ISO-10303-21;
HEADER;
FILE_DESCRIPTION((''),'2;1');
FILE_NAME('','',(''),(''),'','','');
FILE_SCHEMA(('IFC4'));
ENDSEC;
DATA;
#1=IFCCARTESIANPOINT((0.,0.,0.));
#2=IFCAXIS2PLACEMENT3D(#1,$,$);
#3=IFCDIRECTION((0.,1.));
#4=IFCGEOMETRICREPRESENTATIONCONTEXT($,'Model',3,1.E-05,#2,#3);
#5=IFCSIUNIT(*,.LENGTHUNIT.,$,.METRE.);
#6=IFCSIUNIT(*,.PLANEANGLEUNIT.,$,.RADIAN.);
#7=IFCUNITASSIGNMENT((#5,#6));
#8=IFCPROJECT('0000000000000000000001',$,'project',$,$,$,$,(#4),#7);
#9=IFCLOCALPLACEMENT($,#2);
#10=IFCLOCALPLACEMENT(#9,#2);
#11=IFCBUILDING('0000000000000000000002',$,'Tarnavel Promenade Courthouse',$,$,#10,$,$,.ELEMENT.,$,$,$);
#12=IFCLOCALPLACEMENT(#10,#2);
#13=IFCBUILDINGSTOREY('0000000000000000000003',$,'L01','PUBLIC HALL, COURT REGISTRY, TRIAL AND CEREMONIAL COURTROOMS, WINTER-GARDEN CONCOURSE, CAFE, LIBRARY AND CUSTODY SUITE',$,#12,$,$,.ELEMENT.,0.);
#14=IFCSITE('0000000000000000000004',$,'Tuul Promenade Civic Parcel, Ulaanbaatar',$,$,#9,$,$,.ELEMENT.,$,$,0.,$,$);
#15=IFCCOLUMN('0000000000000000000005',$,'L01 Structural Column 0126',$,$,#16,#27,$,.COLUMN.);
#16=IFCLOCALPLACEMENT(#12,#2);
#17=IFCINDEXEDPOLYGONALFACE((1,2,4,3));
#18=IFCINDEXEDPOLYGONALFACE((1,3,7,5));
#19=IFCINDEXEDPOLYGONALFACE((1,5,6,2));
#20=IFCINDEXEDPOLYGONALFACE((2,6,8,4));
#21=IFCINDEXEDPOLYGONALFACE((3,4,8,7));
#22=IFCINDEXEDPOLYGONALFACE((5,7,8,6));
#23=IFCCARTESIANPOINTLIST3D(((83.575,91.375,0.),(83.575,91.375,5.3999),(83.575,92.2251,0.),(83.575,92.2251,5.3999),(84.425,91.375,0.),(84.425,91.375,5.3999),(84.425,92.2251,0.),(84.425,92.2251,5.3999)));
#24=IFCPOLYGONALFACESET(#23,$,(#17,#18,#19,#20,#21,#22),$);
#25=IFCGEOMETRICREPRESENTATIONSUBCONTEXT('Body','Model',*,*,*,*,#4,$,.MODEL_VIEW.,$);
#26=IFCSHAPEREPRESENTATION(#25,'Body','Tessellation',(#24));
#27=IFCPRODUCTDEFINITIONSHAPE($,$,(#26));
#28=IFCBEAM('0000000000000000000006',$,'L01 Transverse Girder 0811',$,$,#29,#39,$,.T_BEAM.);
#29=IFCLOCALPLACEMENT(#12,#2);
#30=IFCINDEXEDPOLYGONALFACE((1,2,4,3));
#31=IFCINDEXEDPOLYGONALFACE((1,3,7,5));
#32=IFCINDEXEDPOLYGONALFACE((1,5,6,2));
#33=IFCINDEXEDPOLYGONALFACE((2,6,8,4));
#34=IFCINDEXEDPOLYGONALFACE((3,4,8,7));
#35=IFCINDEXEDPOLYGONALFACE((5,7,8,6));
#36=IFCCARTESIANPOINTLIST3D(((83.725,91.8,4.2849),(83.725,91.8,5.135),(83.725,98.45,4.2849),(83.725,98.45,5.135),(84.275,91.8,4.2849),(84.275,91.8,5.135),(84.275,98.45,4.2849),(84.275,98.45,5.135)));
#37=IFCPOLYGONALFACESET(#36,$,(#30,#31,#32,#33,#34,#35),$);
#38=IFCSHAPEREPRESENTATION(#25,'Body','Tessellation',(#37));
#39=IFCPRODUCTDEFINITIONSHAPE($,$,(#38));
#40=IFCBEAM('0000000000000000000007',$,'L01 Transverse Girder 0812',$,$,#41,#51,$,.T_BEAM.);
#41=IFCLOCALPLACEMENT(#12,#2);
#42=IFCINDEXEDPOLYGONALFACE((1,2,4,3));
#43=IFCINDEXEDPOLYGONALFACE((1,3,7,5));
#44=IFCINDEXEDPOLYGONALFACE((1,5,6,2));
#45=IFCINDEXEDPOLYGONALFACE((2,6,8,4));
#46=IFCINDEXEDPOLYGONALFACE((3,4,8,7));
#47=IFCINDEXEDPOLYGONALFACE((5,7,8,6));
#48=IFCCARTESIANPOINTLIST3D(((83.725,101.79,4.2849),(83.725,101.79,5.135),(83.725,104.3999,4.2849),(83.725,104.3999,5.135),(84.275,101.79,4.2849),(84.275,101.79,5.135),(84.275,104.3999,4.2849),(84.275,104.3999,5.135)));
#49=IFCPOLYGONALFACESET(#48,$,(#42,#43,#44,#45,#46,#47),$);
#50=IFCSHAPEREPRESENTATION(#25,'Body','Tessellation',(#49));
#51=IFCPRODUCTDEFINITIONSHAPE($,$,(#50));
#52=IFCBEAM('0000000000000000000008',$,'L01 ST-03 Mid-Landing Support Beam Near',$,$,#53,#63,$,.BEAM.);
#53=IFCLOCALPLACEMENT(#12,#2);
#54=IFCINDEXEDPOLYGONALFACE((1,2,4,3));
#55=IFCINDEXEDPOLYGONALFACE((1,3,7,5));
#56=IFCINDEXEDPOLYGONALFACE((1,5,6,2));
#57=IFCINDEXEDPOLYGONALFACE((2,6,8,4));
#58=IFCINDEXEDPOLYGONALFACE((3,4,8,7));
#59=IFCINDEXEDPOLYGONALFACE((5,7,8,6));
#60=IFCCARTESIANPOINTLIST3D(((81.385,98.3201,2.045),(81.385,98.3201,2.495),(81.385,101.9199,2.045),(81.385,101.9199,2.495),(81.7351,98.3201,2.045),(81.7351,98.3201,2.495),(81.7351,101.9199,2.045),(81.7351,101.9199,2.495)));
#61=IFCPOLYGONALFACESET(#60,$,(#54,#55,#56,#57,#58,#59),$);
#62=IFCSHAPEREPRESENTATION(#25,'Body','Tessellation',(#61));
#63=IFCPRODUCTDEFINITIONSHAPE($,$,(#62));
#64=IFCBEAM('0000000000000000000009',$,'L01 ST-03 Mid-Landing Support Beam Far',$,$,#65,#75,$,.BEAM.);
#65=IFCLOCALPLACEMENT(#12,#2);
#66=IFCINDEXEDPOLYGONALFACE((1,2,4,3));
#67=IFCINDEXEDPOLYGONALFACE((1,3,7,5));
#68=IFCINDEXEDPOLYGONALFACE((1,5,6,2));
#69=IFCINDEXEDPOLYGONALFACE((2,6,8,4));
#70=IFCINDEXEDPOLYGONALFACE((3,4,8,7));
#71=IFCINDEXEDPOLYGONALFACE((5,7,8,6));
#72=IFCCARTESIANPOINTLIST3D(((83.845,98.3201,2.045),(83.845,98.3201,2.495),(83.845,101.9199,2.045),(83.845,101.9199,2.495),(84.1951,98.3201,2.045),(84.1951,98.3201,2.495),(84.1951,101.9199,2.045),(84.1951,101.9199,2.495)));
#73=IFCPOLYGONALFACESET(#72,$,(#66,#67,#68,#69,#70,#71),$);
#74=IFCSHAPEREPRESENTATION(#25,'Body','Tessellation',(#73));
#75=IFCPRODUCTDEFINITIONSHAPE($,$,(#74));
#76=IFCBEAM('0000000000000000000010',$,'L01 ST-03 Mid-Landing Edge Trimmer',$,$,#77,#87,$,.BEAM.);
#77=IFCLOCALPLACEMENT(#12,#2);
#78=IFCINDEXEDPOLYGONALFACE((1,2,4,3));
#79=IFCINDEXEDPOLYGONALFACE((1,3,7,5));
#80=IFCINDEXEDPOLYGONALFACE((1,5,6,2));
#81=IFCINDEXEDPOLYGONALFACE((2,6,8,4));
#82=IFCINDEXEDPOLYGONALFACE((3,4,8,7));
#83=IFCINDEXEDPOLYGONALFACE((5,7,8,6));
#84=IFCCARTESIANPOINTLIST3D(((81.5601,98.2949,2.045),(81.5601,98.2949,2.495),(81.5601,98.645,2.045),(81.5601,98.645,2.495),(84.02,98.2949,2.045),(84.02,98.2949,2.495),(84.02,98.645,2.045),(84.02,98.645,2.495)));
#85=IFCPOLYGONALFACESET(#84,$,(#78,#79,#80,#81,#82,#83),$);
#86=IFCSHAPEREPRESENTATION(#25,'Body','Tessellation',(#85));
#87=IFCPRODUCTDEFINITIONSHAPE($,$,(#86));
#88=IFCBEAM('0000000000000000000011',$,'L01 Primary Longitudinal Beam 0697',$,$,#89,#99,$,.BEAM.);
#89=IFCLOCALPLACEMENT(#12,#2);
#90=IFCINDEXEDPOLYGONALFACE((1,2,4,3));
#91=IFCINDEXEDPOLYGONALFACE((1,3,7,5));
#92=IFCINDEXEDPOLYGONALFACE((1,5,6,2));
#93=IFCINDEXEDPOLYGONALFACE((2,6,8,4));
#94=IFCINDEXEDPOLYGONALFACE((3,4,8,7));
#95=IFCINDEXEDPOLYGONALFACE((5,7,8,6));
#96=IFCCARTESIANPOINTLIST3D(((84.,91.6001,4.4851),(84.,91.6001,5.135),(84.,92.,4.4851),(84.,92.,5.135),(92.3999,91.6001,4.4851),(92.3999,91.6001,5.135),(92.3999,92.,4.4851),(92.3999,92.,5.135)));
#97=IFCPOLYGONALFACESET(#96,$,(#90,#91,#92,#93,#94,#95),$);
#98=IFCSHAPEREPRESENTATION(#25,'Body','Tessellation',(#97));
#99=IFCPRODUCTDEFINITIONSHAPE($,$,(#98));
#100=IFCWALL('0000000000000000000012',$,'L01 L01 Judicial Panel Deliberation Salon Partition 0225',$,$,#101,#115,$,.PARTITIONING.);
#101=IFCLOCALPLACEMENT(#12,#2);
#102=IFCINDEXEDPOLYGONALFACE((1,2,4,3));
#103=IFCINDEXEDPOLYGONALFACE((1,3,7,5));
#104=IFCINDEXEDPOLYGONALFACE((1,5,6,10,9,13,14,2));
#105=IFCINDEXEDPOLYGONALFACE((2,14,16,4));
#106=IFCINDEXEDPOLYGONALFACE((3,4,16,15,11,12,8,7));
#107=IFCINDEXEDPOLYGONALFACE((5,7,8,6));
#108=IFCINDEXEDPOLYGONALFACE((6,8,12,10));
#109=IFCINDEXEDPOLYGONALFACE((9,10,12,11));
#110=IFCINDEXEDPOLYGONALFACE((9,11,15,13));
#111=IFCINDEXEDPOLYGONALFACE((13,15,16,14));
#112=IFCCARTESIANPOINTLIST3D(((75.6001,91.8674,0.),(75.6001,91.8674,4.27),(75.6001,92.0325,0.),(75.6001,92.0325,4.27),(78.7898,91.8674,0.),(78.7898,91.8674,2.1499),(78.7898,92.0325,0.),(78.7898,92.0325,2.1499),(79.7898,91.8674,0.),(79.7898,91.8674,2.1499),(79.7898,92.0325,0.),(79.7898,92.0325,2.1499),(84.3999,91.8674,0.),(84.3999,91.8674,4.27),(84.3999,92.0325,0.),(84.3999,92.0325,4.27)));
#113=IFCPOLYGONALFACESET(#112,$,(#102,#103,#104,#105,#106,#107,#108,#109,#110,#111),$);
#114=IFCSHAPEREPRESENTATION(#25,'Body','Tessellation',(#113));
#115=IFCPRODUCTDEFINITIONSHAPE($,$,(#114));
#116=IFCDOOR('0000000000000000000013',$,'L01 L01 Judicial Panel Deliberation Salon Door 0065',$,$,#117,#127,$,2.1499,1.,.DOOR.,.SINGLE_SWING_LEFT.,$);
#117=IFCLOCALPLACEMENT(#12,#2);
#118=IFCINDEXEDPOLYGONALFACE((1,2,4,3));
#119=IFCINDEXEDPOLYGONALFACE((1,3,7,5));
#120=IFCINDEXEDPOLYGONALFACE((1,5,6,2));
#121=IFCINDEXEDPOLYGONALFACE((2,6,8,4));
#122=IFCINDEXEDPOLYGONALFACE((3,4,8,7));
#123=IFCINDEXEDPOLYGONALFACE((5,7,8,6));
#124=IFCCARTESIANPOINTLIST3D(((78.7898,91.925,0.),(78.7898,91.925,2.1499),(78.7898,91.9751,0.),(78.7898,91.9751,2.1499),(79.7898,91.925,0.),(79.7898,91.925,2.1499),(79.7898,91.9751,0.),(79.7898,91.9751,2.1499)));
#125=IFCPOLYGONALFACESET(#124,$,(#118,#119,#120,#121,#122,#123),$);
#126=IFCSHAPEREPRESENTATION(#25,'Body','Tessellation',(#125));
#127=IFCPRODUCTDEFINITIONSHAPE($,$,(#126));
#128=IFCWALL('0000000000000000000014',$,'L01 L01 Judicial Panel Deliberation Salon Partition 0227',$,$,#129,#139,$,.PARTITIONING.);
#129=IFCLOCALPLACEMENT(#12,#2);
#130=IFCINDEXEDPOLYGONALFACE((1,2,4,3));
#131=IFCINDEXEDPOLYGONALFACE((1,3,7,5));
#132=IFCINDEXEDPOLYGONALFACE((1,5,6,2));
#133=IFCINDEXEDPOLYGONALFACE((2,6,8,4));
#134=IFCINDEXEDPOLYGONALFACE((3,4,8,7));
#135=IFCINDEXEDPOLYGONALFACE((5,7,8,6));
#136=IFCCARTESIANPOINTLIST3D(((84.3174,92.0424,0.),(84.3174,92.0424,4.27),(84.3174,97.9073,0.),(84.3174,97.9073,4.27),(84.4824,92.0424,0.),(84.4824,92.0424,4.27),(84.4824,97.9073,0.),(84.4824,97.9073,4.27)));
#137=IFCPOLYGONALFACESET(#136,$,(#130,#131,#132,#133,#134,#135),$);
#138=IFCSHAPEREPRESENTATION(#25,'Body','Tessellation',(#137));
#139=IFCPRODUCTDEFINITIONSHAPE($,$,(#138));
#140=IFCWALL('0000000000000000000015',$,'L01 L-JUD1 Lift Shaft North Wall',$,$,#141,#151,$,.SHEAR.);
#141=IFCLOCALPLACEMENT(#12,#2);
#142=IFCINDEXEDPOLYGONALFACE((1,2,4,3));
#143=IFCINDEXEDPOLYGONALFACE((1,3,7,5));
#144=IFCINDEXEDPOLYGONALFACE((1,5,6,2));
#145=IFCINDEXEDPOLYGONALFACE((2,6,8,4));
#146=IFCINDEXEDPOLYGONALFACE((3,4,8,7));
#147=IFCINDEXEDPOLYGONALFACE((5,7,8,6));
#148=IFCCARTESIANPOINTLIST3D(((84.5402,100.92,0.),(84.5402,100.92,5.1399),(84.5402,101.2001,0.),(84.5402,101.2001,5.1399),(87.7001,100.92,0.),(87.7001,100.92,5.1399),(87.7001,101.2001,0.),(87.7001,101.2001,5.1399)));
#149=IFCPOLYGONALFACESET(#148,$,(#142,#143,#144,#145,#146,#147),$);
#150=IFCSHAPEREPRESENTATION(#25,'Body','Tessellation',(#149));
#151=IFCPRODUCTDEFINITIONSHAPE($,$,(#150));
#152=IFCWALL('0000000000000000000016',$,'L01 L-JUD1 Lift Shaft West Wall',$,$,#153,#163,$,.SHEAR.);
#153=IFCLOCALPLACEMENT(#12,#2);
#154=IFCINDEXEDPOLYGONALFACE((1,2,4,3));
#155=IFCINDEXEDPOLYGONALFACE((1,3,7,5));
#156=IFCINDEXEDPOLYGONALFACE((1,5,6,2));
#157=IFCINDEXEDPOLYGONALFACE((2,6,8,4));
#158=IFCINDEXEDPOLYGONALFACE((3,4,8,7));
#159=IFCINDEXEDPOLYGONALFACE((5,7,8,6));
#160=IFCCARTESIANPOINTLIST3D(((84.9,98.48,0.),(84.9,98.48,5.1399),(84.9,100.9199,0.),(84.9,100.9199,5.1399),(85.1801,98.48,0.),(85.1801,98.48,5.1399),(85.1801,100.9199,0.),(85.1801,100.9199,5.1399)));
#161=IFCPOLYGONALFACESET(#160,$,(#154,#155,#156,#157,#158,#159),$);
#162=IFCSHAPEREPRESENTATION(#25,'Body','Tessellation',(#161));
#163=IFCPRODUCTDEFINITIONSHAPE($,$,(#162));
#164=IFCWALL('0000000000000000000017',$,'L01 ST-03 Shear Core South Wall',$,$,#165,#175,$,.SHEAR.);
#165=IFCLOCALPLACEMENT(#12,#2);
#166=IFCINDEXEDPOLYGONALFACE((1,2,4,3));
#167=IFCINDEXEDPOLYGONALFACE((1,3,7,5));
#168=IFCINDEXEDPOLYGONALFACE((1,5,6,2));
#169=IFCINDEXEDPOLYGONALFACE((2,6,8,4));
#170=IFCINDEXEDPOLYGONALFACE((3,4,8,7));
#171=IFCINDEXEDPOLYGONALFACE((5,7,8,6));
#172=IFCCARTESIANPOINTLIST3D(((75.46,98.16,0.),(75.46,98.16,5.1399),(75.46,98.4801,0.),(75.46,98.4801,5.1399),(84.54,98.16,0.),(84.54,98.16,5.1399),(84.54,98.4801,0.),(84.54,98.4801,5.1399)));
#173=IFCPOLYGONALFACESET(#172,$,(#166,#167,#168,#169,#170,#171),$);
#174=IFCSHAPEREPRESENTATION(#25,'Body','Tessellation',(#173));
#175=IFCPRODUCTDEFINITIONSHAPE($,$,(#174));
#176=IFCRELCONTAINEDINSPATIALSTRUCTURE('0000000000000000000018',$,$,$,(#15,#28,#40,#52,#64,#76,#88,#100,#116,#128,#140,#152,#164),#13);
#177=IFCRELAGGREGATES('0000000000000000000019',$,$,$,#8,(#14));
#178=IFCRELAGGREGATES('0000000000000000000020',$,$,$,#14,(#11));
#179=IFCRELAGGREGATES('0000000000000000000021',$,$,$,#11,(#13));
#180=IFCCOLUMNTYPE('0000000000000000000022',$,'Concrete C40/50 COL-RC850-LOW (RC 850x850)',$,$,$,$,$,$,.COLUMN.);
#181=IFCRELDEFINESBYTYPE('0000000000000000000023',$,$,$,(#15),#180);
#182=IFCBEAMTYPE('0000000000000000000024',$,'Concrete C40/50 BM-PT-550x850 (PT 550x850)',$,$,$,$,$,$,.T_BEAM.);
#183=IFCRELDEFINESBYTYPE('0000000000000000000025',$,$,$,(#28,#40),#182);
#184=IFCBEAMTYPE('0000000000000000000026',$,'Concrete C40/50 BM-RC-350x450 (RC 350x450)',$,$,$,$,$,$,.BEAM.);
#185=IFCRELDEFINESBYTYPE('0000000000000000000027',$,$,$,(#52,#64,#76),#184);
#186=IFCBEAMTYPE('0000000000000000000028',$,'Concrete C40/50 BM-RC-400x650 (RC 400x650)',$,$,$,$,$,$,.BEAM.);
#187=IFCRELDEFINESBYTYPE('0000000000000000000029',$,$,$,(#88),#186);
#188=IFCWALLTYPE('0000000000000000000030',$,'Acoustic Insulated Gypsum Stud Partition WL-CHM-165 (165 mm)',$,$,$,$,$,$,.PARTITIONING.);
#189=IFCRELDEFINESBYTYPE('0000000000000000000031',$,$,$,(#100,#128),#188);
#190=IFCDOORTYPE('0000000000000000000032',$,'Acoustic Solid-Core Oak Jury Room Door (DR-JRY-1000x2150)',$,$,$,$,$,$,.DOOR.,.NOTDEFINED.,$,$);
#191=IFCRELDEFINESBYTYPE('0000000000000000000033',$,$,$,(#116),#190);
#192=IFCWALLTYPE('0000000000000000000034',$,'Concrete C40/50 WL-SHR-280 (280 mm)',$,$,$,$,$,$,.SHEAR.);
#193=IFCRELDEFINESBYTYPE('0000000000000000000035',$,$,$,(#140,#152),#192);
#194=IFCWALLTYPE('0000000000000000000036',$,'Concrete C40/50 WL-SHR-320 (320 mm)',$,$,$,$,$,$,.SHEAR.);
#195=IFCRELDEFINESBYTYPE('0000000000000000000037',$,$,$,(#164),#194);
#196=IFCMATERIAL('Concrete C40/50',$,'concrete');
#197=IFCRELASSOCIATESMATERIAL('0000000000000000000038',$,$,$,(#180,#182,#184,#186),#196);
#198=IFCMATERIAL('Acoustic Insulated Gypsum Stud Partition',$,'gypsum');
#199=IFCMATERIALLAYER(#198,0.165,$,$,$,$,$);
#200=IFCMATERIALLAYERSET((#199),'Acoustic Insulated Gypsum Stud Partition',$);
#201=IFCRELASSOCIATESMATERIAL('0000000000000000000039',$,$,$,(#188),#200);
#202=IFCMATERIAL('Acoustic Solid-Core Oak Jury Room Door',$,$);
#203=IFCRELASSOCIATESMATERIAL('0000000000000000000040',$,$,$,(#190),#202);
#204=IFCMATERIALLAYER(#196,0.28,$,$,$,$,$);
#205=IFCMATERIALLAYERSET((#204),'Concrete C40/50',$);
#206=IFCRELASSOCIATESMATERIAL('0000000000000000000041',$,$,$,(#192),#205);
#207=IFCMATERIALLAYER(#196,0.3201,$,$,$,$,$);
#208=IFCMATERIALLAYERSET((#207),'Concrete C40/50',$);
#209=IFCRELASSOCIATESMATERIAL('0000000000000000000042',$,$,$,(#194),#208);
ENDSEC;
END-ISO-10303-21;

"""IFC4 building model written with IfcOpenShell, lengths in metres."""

from ifc_helpers import new_model, si_unit, direction, frame, frame_2d, origin, origin_2d, place, context, subcontext, project, spatial, rectangle, extrude, material, layer, layer_set, material_profile, profile_set, type_object, element, fill, save


model = new_model("IFC4")

# Units and contexts
model_context = context("Model", 3, precision=1e-05, world=origin(), true_north=direction((0.0, 1.0)))
body_context = subcontext(model_context, "Body", "Model", "MODEL_VIEW")
ifc_project = project(units=[si_unit("LENGTHUNIT", "METRE"), si_unit("PLANEANGLEUNIT", "RADIAN")], contexts=[model_context])

# Site, building, storey
site_placement = place(None, origin())
site = spatial("IfcSite", under=ifc_project, at=site_placement, Name="Tuul Promenade Civic Parcel, Ulaanbaatar", CompositionType="ELEMENT", RefElevation=0.0)
building_placement = place(site_placement, origin())
building = spatial("IfcBuilding", under=site, at=building_placement, Name="Tarnavel Promenade Courthouse", CompositionType="ELEMENT")
storey_placement = place(building_placement, origin())
storey = spatial("IfcBuildingStorey", under=building, at=storey_placement, Name="L01", Description="PUBLIC HALL, COURT REGISTRY, TRIAL AND CEREMONIAL COURTROOMS, WINTER-GARDEN CONCOURSE, CAFE, LIBRARY AND CUSTODY SUITE", CompositionType="ELEMENT", Elevation=0.0)

# Column
ifc_material_1 = material(Name="Concrete C40/50", Category="concrete")
ifc_material_profile_1 = material_profile(ifc_material_1, rectangle(XDim=0.8501, YDim=0.8501, at=origin_2d()), Name="RC 850x850")
ifc_profile_set_1 = profile_set([ifc_material_profile_1], Name="Concrete C40/50")
column_type = type_object("IfcColumnType", Name="Concrete C40/50 COL-RC850-LOW (RC 850x850)", PredefinedType="COLUMN", material=ifc_profile_set_1)
column_placement = place(storey_placement, frame((84.0, 91.8, 0.0), z_axis=(0.0, 0.0, 1.0), x_axis=(1.0, 0.0, 0.0)))
element("IfcColumn", 1, at=column_placement, inside=storey, type_object=column_type, Name="L01 Structural Column 0126", PredefinedType="COLUMN", context=body_context, shape_type="SweptSolid", body=[
    extrude(rectangle(XDim=0.8501, YDim=0.8501, at=origin_2d()), origin(), (0.0, 0.0, 1.0), 5.3999),
])

# Beams
ifc_material_profile_2 = material_profile(ifc_material_1, rectangle(XDim=0.55, YDim=0.8501, at=origin_2d()), Name="PT 550x850")
ifc_profile_set_2 = profile_set([ifc_material_profile_2], Name="Concrete C40/50")
beam_type_1 = type_object("IfcBeamType", Name="Concrete C40/50 BM-PT-550x850 (PT 550x850)", PredefinedType="T_BEAM", material=ifc_profile_set_2)
beam_1_placement = place(storey_placement, frame((84.0, 91.8, 4.71), z_axis=(0.0, 1.0, 0.0), x_axis=(-1.0, 0.0, 0.0)))
element("IfcBeam", 2, at=beam_1_placement, inside=storey, type_object=beam_type_1, Name="L01 Transverse Girder 0811", PredefinedType="T_BEAM", context=body_context, shape_type="SweptSolid", body=[
    extrude(rectangle(XDim=0.55, YDim=0.8501, at=origin_2d()), origin(), (0.0, 0.0, 1.0), 6.6499),
])
beam_2_placement = place(storey_placement, frame((84.0, 101.79, 4.71), z_axis=(0.0, 1.0, 0.0), x_axis=(-1.0, 0.0, 0.0)))
element("IfcBeam", 3, at=beam_2_placement, inside=storey, type_object=beam_type_1, Name="L01 Transverse Girder 0812", PredefinedType="T_BEAM", context=body_context, shape_type="SweptSolid", body=[
    extrude(rectangle(XDim=0.55, YDim=0.8501, at=origin_2d()), origin(), (0.0, 0.0, 1.0), 2.6099),
])
ifc_material_profile_3 = material_profile(ifc_material_1, rectangle(XDim=0.3501, YDim=0.45, at=origin_2d()), Name="RC 350x450")
ifc_profile_set_3 = profile_set([ifc_material_profile_3], Name="Concrete C40/50")
beam_type_2 = type_object("IfcBeamType", Name="Concrete C40/50 BM-RC-350x450 (RC 350x450)", PredefinedType="BEAM", material=ifc_profile_set_3)
for number, where, z_axis, x_axis, name in (
    (4, (81.5601, 98.3201, 2.27), (0.0, 1.0, 0.0), (-1.0, 0.0, 0.0), "L01 ST-03 Mid-Landing Support Beam Near"),
    (5, (84.02, 98.3201, 2.27), (0.0, 1.0, 0.0), (-1.0, 0.0, 0.0), "L01 ST-03 Mid-Landing Support Beam Far"),
):
    element("IfcBeam", number, at=place(storey_placement, frame(where, z_axis=z_axis, x_axis=x_axis)), inside=storey, type_object=beam_type_2, Name=name, PredefinedType="BEAM", context=body_context, shape_type="SweptSolid", body=[
        extrude(rectangle(XDim=0.3501, YDim=0.45, at=origin_2d()), origin(), (0.0, 0.0, 1.0), 3.5999),
    ])
beam_3_placement = place(storey_placement, frame((81.5601, 98.47, 2.27), z_axis=(1.0, 0.0, 0.0), x_axis=(0.0, 1.0, 0.0)))
element("IfcBeam", 6, at=beam_3_placement, inside=storey, type_object=beam_type_2, Name="L01 ST-03 Mid-Landing Edge Trimmer", PredefinedType="BEAM", context=body_context, shape_type="SweptSolid", body=[
    extrude(rectangle(XDim=0.3501, YDim=0.45, at=origin_2d()), origin(), (0.0, 0.0, 1.0), 2.46),
])
ifc_material_profile_4 = material_profile(ifc_material_1, rectangle(XDim=0.3999, YDim=0.6499, at=origin_2d()), Name="RC 400x650")
ifc_profile_set_4 = profile_set([ifc_material_profile_4], Name="Concrete C40/50")
beam_type_3 = type_object("IfcBeamType", Name="Concrete C40/50 BM-RC-400x650 (RC 400x650)", PredefinedType="BEAM", material=ifc_profile_set_4)
beam_4_placement = place(storey_placement, frame((84.0, 91.8, 4.8101), z_axis=(1.0, 0.0, 0.0), x_axis=(0.0, 1.0, 0.0)))
element("IfcBeam", 7, at=beam_4_placement, inside=storey, type_object=beam_type_3, Name="L01 Primary Longitudinal Beam 0697", PredefinedType="BEAM", context=body_context, shape_type="SweptSolid", body=[
    extrude(rectangle(XDim=0.3999, YDim=0.6499, at=origin_2d()), origin(), (0.0, 0.0, 1.0), 8.3999),
])

# Wall, opening, door
ifc_material_2 = material(Name="Acoustic Insulated Gypsum Stud Partition", Category="gypsum")
ifc_layer_1 = layer(ifc_material_2, 0.165)
ifc_layer_set_1 = layer_set([ifc_layer_1], Name="Acoustic Insulated Gypsum Stud Partition")
wall_type_1 = type_object("IfcWallType", Name="Acoustic Insulated Gypsum Stud Partition WL-CHM-165 (165 mm)", PredefinedType="PARTITIONING", material=ifc_layer_set_1)
wall_1_placement = place(storey_placement, frame((84.3999, 91.95, 0.0), z_axis=(0.0, 0.0, 1.0), x_axis=(-1.0, 0.0, 0.0)))
wall_1 = element("IfcWall", 8, at=wall_1_placement, inside=storey, type_object=wall_type_1, Name="L01 L01 Judicial Panel Deliberation Salon Partition 0225", PredefinedType="PARTITIONING", context=body_context, shape_type="SweptSolid", body=[
    extrude(rectangle(XDim=8.7998, YDim=0.165, at=frame_2d((4.3999, 0.0))), origin(), (0.0, 0.0, 1.0), 4.27),
])
opening_placement = place(wall_1_placement, frame((4.6101, 0.0, 0.0)))
opening = element("IfcOpeningElement", 9, at=opening_placement, cuts=wall_1, PredefinedType="OPENING", context=body_context, shape_type="SweptSolid", body=[
    extrude(rectangle(XDim=1.0, YDim=2.1499, at=frame_2d((0.5, 1.075))), frame((0.0, 0.0925, 0.0), z_axis=(0.0, -1.0, 0.0), x_axis=(1.0, 0.0, 0.0)), (0.0, 0.0, 1.0), 0.1851),
])
ifc_material_3 = material(Name="Acoustic Solid-Core Oak Jury Room Door")
door_type = type_object("IfcDoorType", Name="Acoustic Solid-Core Oak Jury Room Door (DR-JRY-1000x2150)", OperationType="NOTDEFINED", PredefinedType="DOOR", material=ifc_material_3)
door_placement = place(opening_placement, origin())
door = element("IfcDoor", 10, at=door_placement, inside=storey, type_object=door_type, Name="L01 L01 Judicial Panel Deliberation Salon Door 0065", OperationType="SINGLE_SWING_LEFT", OverallHeight=2.1499, OverallWidth=1.0, PredefinedType="DOOR", context=body_context, shape_type="SweptSolid", body=[
    extrude(rectangle(XDim=1.0, YDim=2.1499, at=frame_2d((0.5, 1.075))), frame((0.0, 0.0249, 0.0), z_axis=(0.0, -1.0, 0.0), x_axis=(1.0, 0.0, 0.0)), (0.0, 0.0, 1.0), 0.05),
])
fill(opening, door)

# Walls
wall_2_placement = place(storey_placement, frame((84.3999, 97.9075, 0.0), z_axis=(0.0, 0.0, 1.0), x_axis=(0.0, -1.0, 0.0)))
element("IfcWall", 11, at=wall_2_placement, inside=storey, type_object=wall_type_1, Name="L01 L01 Judicial Panel Deliberation Salon Partition 0227", PredefinedType="PARTITIONING", context=body_context, shape_type="SweptSolid", body=[
    extrude(rectangle(XDim=5.865, YDim=0.165, at=frame_2d((2.9326, 0.0))), origin(), (0.0, 0.0, 1.0), 4.27),
])
ifc_layer_2 = layer(ifc_material_1, 0.28)
ifc_layer_set_2 = layer_set([ifc_layer_2], Name="Concrete C40/50")
wall_type_2 = type_object("IfcWallType", Name="Concrete C40/50 WL-SHR-280 (280 mm)", PredefinedType="SHEAR", material=ifc_layer_set_2)
wall_3_placement = place(storey_placement, frame((84.54, 101.0601, 0.0), z_axis=(0.0, 0.0, 1.0), x_axis=(1.0, 0.0, 0.0)))
element("IfcWall", 12, at=wall_3_placement, inside=storey, type_object=wall_type_2, Name="L01 L-JUD1 Lift Shaft North Wall", PredefinedType="SHEAR", context=body_context, shape_type="SweptSolid", body=[
    extrude(rectangle(XDim=3.1599, YDim=0.28, at=frame_2d((1.5801, 0.0))), origin(), (0.0, 0.0, 1.0), 5.1399),
])
wall_4_placement = place(storey_placement, frame((85.04, 98.48, 0.0), z_axis=(0.0, 0.0, 1.0), x_axis=(0.0, 1.0, 0.0)))
element("IfcWall", 13, at=wall_4_placement, inside=storey, type_object=wall_type_2, Name="L01 L-JUD1 Lift Shaft West Wall", PredefinedType="SHEAR", context=body_context, shape_type="SweptSolid", body=[
    extrude(rectangle(XDim=2.4399, YDim=0.28, at=frame_2d((1.22, 0.0))), origin(), (0.0, 0.0, 1.0), 5.1399),
])
ifc_layer_3 = layer(ifc_material_1, 0.3201)
ifc_layer_set_3 = layer_set([ifc_layer_3], Name="Concrete C40/50")
wall_type_3 = type_object("IfcWallType", Name="Concrete C40/50 WL-SHR-320 (320 mm)", PredefinedType="SHEAR", material=ifc_layer_set_3)
wall_5_placement = place(storey_placement, frame((84.54, 98.3201, 0.0), z_axis=(0.0, 0.0, 1.0), x_axis=(-1.0, 0.0, 0.0)))
element("IfcWall", 14, at=wall_5_placement, inside=storey, type_object=wall_type_3, Name="L01 ST-03 Shear Core South Wall", PredefinedType="SHEAR", context=body_context, shape_type="SweptSolid", body=[
    extrude(rectangle(XDim=9.0801, YDim=0.3201, at=frame_2d((4.54, 0.0))), origin(), (0.0, 0.0, 1.0), 5.1399),
])

save(model, "model.ifc")
